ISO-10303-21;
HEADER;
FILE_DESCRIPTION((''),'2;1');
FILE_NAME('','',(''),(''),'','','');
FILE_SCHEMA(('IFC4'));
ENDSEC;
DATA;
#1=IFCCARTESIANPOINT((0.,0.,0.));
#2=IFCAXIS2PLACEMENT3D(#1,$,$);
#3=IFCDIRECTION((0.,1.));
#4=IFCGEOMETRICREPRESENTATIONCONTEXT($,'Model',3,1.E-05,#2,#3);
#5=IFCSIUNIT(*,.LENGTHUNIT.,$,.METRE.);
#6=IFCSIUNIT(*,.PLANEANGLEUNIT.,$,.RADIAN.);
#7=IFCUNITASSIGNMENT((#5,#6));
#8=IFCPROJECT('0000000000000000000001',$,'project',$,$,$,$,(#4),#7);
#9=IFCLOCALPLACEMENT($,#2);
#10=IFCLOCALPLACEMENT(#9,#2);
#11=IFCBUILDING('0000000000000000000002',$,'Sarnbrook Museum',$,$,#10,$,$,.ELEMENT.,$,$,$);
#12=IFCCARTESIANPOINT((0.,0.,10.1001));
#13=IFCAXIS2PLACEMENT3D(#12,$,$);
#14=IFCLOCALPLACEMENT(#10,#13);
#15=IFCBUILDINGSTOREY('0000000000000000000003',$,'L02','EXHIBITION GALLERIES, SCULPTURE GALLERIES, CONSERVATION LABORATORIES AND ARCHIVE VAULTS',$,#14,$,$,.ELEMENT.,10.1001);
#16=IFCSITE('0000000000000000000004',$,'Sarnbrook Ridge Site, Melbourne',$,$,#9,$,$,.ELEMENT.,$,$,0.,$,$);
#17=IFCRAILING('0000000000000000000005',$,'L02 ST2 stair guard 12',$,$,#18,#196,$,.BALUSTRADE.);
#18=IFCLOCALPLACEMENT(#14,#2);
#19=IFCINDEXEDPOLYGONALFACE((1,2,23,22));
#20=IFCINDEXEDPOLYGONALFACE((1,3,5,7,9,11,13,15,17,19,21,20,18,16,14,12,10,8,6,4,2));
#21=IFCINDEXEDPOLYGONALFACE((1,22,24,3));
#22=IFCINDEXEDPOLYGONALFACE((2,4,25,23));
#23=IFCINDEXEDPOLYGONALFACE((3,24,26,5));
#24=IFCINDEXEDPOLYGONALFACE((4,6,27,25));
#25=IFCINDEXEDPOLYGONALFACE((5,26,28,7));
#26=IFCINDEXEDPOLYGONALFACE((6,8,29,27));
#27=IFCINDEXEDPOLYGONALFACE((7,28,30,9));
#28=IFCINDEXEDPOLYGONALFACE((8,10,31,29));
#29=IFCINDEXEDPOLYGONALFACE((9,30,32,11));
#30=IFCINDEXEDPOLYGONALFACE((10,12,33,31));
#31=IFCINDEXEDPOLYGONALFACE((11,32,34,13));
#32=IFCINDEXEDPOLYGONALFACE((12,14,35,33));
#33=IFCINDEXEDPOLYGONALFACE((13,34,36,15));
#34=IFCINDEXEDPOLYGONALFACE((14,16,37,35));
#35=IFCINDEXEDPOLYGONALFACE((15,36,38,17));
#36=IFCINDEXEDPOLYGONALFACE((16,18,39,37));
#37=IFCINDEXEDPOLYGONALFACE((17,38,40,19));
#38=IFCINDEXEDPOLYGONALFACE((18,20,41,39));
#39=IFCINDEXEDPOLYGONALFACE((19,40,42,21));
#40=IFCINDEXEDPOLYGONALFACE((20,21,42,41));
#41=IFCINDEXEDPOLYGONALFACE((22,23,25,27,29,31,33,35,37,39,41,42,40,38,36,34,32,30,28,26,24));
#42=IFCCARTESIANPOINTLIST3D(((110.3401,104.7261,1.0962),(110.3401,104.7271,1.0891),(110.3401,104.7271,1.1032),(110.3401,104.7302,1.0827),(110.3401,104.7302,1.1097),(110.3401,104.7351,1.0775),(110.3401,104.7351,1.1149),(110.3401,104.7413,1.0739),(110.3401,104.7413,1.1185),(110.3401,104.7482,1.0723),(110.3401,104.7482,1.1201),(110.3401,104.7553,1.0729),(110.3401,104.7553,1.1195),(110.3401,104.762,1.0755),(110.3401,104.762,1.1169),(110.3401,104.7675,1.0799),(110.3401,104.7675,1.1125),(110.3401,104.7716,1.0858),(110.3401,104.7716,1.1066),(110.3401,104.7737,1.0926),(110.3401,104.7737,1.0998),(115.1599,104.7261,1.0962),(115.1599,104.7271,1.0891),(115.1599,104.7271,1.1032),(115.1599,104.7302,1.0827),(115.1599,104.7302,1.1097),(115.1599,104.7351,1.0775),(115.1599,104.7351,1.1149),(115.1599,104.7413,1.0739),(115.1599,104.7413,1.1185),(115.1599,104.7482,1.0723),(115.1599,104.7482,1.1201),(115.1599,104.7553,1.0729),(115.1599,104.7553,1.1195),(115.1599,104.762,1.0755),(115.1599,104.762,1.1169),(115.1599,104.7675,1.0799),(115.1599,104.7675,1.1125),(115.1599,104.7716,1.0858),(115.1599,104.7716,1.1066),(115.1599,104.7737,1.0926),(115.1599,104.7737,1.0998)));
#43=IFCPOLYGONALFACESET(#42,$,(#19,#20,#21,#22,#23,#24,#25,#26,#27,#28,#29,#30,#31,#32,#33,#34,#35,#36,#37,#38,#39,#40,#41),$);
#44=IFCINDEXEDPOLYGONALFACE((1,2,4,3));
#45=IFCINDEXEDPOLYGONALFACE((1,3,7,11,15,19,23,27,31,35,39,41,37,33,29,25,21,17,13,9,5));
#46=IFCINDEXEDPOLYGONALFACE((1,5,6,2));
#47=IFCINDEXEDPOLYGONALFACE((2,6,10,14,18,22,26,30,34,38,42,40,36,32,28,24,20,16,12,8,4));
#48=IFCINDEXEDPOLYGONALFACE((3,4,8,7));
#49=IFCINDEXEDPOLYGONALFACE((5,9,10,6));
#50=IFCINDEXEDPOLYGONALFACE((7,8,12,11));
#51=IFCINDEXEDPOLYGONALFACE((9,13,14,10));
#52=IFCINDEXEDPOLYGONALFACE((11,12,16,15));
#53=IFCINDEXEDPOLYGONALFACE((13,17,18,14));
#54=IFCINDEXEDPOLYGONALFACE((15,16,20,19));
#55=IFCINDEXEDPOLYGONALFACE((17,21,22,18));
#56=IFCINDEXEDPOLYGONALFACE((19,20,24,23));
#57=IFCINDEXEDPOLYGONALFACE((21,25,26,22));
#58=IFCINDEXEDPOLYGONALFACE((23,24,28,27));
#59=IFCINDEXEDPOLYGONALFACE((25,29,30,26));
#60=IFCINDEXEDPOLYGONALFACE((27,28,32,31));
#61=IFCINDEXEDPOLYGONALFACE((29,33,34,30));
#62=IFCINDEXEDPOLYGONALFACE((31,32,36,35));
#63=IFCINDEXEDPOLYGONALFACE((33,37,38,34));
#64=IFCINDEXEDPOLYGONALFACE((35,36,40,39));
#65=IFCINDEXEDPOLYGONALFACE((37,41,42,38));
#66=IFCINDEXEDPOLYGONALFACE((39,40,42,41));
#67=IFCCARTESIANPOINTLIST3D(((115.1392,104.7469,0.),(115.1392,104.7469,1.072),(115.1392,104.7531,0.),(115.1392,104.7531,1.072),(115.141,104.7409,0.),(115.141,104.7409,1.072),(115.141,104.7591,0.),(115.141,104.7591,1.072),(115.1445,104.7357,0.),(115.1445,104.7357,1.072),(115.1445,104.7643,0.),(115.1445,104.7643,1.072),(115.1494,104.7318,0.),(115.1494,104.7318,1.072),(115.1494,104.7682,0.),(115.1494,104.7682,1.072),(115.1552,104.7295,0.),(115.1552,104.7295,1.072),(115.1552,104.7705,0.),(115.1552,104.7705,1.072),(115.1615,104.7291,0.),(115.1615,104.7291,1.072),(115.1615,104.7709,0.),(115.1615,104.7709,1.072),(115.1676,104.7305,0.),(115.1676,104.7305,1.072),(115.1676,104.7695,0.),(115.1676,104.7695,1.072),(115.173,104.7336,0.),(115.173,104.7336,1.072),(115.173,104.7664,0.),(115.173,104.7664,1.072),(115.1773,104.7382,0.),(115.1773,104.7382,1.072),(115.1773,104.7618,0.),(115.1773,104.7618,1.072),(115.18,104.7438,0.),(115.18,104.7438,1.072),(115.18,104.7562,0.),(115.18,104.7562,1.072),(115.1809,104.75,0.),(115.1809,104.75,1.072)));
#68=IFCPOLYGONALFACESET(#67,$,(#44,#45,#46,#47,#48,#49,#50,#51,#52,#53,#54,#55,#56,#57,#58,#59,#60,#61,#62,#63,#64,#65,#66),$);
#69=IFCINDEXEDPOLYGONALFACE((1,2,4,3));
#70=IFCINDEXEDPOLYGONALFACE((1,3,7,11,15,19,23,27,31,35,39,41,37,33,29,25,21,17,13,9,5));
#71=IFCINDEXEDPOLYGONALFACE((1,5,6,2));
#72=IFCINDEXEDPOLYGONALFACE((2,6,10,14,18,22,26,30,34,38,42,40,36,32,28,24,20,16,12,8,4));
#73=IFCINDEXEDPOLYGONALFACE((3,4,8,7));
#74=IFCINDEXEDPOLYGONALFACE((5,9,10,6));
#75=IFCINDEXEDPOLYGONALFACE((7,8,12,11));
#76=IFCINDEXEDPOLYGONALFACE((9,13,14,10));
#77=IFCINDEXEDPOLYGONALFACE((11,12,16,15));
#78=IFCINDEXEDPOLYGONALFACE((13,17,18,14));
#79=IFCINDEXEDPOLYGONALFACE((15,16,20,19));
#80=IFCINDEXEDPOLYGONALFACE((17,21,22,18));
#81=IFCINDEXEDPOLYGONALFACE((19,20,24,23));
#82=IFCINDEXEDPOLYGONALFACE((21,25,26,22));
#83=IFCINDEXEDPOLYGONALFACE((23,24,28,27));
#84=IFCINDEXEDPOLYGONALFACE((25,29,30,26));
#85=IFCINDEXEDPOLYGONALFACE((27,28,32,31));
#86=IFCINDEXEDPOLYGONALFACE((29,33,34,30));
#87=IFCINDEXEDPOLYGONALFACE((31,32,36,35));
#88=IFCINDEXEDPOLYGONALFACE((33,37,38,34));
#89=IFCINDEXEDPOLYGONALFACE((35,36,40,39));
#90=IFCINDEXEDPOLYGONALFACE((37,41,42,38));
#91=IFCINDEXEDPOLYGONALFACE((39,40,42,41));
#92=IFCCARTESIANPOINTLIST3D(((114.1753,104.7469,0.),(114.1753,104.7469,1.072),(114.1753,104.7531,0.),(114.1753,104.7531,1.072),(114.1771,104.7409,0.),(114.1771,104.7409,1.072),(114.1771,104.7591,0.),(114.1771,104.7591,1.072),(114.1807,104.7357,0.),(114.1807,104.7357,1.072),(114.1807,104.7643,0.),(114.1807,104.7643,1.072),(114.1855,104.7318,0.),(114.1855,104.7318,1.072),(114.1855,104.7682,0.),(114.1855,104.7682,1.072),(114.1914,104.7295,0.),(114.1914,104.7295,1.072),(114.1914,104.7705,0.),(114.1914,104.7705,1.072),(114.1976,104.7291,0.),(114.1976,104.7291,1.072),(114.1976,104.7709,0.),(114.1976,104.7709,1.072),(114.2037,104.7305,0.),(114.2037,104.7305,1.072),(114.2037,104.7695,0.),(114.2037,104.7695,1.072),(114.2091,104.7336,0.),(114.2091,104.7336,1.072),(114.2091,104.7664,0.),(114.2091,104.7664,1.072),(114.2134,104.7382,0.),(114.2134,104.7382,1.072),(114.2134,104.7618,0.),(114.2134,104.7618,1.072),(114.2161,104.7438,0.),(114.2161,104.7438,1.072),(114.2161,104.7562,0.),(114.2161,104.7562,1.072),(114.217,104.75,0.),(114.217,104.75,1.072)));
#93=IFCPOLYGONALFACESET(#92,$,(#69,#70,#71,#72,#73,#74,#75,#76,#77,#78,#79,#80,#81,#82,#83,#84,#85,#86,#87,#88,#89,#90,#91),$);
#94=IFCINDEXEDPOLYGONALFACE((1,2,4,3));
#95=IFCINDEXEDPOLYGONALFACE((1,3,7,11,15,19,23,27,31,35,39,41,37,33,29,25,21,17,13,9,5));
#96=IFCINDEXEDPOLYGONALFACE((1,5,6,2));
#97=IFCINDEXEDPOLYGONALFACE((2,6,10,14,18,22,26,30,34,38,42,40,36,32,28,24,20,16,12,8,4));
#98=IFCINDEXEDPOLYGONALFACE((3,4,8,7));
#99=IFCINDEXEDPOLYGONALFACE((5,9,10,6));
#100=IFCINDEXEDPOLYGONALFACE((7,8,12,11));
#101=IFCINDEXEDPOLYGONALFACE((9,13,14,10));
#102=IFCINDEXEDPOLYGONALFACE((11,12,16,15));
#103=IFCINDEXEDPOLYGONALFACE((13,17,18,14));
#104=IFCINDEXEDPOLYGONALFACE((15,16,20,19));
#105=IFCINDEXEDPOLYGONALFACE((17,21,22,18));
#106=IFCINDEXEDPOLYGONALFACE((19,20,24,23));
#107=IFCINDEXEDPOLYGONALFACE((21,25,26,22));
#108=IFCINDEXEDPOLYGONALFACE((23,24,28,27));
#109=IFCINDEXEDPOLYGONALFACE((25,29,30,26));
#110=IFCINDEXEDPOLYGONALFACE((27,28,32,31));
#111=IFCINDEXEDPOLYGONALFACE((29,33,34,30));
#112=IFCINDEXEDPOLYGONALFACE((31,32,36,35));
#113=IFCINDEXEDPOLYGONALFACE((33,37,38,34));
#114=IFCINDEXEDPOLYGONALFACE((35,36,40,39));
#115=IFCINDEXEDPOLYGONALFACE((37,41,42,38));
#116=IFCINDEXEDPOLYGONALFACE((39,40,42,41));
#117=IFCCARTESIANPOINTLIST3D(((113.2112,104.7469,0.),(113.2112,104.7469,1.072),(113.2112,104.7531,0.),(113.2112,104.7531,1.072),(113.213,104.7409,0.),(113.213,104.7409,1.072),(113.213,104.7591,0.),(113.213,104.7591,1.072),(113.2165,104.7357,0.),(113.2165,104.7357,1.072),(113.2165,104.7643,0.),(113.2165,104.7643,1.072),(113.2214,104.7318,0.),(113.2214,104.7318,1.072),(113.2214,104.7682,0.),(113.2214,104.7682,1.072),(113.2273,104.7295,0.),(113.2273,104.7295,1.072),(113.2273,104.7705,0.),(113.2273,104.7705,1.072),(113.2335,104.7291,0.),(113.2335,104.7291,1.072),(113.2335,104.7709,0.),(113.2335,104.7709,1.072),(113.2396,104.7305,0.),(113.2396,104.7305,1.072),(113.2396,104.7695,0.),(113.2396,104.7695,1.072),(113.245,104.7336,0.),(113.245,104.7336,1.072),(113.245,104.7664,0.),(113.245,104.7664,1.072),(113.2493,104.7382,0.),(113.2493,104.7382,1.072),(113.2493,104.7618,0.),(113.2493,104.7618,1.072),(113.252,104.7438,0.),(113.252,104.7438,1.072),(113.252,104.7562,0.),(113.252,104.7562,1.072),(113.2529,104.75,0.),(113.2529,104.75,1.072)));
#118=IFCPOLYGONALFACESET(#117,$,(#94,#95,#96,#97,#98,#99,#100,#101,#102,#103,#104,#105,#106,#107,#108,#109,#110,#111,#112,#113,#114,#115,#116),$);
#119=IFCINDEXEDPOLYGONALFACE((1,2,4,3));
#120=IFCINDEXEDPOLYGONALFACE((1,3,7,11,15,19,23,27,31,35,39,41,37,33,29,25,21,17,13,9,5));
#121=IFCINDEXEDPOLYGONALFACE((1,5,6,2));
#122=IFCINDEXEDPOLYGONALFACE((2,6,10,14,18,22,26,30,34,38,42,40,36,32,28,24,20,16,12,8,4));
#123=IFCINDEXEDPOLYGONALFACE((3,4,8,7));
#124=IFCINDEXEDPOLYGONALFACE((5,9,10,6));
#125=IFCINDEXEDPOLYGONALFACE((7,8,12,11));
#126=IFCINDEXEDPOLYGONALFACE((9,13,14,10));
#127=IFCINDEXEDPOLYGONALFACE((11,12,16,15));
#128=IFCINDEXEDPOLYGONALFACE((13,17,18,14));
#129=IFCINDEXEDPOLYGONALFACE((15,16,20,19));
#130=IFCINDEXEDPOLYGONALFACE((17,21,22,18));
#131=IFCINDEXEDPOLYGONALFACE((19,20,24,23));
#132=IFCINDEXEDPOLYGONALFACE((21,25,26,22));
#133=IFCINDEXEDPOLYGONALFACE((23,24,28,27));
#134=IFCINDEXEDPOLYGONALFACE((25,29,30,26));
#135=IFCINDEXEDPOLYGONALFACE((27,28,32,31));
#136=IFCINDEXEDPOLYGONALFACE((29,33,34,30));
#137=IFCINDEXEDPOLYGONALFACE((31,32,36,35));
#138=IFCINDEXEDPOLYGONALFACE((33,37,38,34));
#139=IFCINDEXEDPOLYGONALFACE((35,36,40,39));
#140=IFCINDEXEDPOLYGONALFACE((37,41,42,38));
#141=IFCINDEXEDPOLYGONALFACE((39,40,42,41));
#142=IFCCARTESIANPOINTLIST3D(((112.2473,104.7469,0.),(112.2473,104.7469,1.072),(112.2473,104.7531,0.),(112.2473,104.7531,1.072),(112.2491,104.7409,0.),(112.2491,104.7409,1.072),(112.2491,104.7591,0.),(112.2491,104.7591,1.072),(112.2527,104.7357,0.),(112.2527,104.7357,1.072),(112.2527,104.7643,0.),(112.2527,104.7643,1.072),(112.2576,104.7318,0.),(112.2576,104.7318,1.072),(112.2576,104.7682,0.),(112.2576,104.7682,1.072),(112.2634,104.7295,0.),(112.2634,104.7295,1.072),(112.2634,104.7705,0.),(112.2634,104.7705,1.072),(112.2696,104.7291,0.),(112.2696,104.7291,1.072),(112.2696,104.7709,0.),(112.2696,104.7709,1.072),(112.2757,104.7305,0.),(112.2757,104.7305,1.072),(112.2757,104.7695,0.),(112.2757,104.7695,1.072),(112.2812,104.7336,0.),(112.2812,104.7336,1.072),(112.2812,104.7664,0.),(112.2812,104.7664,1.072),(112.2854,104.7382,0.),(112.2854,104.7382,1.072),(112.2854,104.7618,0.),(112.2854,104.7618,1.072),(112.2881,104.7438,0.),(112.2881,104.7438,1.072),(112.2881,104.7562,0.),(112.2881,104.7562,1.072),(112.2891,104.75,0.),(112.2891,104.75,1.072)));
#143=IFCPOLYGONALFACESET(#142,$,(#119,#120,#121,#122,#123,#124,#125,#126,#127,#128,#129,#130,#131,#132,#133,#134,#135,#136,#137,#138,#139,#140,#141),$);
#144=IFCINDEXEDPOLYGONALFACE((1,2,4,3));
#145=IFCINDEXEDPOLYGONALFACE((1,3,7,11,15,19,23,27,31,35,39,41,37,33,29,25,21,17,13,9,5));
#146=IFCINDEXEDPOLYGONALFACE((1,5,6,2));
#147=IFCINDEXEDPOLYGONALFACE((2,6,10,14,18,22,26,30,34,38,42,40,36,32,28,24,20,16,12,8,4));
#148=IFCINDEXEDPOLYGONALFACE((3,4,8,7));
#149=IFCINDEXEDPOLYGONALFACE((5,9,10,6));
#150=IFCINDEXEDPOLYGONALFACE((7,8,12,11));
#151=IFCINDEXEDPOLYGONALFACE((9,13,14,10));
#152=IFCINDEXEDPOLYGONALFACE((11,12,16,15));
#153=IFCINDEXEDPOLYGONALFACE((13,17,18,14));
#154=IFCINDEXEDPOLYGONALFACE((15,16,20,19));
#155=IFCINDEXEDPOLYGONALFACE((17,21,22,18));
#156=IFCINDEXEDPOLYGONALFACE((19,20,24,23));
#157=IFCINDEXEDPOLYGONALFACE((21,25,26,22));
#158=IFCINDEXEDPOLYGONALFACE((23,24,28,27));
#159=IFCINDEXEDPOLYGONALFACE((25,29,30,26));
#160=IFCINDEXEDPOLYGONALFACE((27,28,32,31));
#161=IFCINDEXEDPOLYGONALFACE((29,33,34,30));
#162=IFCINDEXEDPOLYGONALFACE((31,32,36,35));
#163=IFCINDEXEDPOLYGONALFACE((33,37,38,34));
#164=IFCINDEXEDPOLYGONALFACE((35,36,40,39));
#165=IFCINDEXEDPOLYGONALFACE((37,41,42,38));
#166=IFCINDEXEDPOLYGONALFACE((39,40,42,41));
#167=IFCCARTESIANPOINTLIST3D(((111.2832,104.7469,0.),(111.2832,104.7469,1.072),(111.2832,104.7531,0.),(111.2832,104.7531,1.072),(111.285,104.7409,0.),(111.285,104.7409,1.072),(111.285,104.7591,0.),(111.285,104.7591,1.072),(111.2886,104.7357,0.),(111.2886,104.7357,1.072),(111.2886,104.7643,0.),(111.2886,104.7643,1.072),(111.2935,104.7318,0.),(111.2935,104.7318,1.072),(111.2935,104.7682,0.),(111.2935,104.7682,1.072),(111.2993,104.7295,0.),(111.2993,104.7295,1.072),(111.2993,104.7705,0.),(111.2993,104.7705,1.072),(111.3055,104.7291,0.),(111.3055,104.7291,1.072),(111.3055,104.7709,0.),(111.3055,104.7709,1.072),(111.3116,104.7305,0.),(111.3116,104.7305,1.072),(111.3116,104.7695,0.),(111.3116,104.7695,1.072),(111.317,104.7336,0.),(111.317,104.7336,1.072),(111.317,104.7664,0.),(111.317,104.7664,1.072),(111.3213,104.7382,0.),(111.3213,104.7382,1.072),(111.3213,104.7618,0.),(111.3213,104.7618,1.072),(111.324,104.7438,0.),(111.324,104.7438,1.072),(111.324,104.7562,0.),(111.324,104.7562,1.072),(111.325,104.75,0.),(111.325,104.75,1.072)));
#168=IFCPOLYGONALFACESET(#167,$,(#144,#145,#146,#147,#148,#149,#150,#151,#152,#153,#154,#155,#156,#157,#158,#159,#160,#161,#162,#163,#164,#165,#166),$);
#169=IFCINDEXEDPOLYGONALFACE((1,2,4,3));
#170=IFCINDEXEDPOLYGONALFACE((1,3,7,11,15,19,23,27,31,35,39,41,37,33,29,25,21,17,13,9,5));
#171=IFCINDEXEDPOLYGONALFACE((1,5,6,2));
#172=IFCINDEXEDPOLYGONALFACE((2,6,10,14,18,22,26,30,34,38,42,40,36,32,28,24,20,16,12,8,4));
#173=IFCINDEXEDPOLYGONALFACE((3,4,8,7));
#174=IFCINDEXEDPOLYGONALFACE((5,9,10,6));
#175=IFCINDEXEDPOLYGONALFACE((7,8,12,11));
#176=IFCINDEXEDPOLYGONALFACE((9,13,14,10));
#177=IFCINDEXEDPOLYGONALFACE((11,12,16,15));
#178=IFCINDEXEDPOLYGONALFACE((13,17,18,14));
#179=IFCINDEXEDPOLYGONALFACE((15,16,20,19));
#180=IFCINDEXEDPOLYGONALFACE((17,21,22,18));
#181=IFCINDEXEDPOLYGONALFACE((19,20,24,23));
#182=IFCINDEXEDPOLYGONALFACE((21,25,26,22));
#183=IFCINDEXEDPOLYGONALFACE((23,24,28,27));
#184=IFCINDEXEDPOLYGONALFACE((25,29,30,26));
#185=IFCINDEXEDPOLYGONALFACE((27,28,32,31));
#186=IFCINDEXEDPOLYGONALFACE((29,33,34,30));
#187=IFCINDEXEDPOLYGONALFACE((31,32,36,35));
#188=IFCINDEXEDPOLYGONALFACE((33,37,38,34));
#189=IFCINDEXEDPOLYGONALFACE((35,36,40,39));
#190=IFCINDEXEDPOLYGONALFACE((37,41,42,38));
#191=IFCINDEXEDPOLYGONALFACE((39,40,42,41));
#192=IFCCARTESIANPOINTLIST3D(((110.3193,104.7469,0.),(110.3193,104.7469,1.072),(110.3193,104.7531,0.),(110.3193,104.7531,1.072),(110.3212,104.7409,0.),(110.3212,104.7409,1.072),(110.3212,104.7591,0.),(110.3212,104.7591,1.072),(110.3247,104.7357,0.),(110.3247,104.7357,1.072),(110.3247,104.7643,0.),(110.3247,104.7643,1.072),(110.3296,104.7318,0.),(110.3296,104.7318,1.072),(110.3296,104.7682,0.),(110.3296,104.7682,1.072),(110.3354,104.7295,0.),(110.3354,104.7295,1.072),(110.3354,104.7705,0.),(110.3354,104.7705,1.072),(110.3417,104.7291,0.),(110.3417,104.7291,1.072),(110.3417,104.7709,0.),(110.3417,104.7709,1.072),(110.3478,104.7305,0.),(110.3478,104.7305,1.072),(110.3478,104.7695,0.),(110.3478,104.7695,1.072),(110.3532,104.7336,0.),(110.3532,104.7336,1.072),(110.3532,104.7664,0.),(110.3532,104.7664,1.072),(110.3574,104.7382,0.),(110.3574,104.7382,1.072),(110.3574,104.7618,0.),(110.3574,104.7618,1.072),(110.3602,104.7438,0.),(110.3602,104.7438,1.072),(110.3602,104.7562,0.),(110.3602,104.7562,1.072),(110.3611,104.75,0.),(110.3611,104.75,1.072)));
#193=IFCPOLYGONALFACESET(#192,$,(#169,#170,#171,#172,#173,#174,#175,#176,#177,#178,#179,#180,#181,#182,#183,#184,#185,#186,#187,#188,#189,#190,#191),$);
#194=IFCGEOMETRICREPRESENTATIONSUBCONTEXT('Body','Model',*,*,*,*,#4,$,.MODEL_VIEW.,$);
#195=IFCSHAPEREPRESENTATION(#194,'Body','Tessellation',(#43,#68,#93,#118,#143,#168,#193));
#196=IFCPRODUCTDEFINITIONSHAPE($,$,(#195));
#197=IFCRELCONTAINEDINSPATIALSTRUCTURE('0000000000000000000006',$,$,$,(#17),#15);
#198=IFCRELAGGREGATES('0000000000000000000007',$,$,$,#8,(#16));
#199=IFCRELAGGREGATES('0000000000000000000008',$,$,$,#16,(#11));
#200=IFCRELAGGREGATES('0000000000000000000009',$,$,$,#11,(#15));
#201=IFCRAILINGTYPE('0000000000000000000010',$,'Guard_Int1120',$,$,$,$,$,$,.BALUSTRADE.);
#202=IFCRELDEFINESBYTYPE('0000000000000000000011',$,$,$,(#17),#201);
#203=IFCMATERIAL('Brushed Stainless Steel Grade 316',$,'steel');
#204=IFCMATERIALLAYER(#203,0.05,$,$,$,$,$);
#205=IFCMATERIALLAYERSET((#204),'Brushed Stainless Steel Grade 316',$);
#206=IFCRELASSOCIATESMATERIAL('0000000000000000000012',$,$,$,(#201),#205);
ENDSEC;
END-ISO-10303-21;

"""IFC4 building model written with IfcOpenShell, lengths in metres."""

from ifc_helpers import new_model, si_unit, direction, frame, origin, origin_2d, place, context, subcontext, project, spatial, circle, extrude, material, layer, layer_set, type_object, element, save


model = new_model("IFC4")

# Units and contexts
model_context = context("Model", 3, precision=1e-05, world=origin(), true_north=direction((0.0, 1.0)))
body_context = subcontext(model_context, "Body", "Model", "MODEL_VIEW")
ifc_project = project(units=[si_unit("LENGTHUNIT", "METRE"), si_unit("PLANEANGLEUNIT", "RADIAN")], contexts=[model_context])

# Site, building, storey
site_placement = place(None, origin())
site = spatial("IfcSite", under=ifc_project, at=site_placement, Name="Sarnbrook Ridge Site, Melbourne", CompositionType="ELEMENT", RefElevation=0.0)
building_placement = place(site_placement, origin())
building = spatial("IfcBuilding", under=site, at=building_placement, Name="Sarnbrook Museum", CompositionType="ELEMENT")
storey_placement = place(building_placement, frame((0.0, 0.0, 10.1001)))
storey = spatial("IfcBuildingStorey", under=building, at=storey_placement, Name="L02", Description="EXHIBITION GALLERIES, SCULPTURE GALLERIES, CONSERVATION LABORATORIES AND ARCHIVE VAULTS", CompositionType="ELEMENT", Elevation=10.1001)

# Shared definitions
ifc_material_1 = material(Name="Brushed Stainless Steel Grade 316", Category="steel")

# Railing
ifc_layer_1 = layer(ifc_material_1, 0.05)
ifc_layer_set_1 = layer_set([ifc_layer_1], Name="Brushed Stainless Steel Grade 316")
railing_type_1 = type_object("IfcRailingType", Name="Guard_Int1120", PredefinedType="BALUSTRADE", material=ifc_layer_set_1)
railing_1_placement = place(storey_placement, frame((115.1599, 104.75, 0.0)))
element("IfcRailing", 1, at=railing_1_placement, inside=storey, type_object=railing_type_1, Name="L02 ST2 stair guard 12", PredefinedType="BALUSTRADE", context=body_context, shape_type="SweptSolid", body=[
    extrude(circle(Radius=0.0239, at=origin_2d()), frame((0.0, 0.0, 1.0962), z_axis=(-1.0, 0.0, 0.0), x_axis=(0.0, -1.0, 0.0)), (0.0, 0.0, 1.0), 4.8198),
    extrude(circle(Radius=0.021, at=origin_2d()), origin(), (0.0, 0.0, 1.0), 1.072),
    extrude(circle(Radius=0.021, at=origin_2d()), frame((-0.9639, 0.0, 0.0)), (0.0, 0.0, 1.0), 1.072),
    extrude(circle(Radius=0.021, at=origin_2d()), frame((-1.928, 0.0, 0.0)), (0.0, 0.0, 1.0), 1.072),
    extrude(circle(Radius=0.021, at=origin_2d()), frame((-2.8918, 0.0, 0.0)), (0.0, 0.0, 1.0), 1.072),
    extrude(circle(Radius=0.021, at=origin_2d()), frame((-3.856, 0.0, 0.0)), (0.0, 0.0, 1.0), 1.072),
    extrude(circle(Radius=0.021, at=origin_2d()), frame((-4.8198, 0.0, 0.0)), (0.0, 0.0, 1.0), 1.072),
])

save(model, "model.ifc")
